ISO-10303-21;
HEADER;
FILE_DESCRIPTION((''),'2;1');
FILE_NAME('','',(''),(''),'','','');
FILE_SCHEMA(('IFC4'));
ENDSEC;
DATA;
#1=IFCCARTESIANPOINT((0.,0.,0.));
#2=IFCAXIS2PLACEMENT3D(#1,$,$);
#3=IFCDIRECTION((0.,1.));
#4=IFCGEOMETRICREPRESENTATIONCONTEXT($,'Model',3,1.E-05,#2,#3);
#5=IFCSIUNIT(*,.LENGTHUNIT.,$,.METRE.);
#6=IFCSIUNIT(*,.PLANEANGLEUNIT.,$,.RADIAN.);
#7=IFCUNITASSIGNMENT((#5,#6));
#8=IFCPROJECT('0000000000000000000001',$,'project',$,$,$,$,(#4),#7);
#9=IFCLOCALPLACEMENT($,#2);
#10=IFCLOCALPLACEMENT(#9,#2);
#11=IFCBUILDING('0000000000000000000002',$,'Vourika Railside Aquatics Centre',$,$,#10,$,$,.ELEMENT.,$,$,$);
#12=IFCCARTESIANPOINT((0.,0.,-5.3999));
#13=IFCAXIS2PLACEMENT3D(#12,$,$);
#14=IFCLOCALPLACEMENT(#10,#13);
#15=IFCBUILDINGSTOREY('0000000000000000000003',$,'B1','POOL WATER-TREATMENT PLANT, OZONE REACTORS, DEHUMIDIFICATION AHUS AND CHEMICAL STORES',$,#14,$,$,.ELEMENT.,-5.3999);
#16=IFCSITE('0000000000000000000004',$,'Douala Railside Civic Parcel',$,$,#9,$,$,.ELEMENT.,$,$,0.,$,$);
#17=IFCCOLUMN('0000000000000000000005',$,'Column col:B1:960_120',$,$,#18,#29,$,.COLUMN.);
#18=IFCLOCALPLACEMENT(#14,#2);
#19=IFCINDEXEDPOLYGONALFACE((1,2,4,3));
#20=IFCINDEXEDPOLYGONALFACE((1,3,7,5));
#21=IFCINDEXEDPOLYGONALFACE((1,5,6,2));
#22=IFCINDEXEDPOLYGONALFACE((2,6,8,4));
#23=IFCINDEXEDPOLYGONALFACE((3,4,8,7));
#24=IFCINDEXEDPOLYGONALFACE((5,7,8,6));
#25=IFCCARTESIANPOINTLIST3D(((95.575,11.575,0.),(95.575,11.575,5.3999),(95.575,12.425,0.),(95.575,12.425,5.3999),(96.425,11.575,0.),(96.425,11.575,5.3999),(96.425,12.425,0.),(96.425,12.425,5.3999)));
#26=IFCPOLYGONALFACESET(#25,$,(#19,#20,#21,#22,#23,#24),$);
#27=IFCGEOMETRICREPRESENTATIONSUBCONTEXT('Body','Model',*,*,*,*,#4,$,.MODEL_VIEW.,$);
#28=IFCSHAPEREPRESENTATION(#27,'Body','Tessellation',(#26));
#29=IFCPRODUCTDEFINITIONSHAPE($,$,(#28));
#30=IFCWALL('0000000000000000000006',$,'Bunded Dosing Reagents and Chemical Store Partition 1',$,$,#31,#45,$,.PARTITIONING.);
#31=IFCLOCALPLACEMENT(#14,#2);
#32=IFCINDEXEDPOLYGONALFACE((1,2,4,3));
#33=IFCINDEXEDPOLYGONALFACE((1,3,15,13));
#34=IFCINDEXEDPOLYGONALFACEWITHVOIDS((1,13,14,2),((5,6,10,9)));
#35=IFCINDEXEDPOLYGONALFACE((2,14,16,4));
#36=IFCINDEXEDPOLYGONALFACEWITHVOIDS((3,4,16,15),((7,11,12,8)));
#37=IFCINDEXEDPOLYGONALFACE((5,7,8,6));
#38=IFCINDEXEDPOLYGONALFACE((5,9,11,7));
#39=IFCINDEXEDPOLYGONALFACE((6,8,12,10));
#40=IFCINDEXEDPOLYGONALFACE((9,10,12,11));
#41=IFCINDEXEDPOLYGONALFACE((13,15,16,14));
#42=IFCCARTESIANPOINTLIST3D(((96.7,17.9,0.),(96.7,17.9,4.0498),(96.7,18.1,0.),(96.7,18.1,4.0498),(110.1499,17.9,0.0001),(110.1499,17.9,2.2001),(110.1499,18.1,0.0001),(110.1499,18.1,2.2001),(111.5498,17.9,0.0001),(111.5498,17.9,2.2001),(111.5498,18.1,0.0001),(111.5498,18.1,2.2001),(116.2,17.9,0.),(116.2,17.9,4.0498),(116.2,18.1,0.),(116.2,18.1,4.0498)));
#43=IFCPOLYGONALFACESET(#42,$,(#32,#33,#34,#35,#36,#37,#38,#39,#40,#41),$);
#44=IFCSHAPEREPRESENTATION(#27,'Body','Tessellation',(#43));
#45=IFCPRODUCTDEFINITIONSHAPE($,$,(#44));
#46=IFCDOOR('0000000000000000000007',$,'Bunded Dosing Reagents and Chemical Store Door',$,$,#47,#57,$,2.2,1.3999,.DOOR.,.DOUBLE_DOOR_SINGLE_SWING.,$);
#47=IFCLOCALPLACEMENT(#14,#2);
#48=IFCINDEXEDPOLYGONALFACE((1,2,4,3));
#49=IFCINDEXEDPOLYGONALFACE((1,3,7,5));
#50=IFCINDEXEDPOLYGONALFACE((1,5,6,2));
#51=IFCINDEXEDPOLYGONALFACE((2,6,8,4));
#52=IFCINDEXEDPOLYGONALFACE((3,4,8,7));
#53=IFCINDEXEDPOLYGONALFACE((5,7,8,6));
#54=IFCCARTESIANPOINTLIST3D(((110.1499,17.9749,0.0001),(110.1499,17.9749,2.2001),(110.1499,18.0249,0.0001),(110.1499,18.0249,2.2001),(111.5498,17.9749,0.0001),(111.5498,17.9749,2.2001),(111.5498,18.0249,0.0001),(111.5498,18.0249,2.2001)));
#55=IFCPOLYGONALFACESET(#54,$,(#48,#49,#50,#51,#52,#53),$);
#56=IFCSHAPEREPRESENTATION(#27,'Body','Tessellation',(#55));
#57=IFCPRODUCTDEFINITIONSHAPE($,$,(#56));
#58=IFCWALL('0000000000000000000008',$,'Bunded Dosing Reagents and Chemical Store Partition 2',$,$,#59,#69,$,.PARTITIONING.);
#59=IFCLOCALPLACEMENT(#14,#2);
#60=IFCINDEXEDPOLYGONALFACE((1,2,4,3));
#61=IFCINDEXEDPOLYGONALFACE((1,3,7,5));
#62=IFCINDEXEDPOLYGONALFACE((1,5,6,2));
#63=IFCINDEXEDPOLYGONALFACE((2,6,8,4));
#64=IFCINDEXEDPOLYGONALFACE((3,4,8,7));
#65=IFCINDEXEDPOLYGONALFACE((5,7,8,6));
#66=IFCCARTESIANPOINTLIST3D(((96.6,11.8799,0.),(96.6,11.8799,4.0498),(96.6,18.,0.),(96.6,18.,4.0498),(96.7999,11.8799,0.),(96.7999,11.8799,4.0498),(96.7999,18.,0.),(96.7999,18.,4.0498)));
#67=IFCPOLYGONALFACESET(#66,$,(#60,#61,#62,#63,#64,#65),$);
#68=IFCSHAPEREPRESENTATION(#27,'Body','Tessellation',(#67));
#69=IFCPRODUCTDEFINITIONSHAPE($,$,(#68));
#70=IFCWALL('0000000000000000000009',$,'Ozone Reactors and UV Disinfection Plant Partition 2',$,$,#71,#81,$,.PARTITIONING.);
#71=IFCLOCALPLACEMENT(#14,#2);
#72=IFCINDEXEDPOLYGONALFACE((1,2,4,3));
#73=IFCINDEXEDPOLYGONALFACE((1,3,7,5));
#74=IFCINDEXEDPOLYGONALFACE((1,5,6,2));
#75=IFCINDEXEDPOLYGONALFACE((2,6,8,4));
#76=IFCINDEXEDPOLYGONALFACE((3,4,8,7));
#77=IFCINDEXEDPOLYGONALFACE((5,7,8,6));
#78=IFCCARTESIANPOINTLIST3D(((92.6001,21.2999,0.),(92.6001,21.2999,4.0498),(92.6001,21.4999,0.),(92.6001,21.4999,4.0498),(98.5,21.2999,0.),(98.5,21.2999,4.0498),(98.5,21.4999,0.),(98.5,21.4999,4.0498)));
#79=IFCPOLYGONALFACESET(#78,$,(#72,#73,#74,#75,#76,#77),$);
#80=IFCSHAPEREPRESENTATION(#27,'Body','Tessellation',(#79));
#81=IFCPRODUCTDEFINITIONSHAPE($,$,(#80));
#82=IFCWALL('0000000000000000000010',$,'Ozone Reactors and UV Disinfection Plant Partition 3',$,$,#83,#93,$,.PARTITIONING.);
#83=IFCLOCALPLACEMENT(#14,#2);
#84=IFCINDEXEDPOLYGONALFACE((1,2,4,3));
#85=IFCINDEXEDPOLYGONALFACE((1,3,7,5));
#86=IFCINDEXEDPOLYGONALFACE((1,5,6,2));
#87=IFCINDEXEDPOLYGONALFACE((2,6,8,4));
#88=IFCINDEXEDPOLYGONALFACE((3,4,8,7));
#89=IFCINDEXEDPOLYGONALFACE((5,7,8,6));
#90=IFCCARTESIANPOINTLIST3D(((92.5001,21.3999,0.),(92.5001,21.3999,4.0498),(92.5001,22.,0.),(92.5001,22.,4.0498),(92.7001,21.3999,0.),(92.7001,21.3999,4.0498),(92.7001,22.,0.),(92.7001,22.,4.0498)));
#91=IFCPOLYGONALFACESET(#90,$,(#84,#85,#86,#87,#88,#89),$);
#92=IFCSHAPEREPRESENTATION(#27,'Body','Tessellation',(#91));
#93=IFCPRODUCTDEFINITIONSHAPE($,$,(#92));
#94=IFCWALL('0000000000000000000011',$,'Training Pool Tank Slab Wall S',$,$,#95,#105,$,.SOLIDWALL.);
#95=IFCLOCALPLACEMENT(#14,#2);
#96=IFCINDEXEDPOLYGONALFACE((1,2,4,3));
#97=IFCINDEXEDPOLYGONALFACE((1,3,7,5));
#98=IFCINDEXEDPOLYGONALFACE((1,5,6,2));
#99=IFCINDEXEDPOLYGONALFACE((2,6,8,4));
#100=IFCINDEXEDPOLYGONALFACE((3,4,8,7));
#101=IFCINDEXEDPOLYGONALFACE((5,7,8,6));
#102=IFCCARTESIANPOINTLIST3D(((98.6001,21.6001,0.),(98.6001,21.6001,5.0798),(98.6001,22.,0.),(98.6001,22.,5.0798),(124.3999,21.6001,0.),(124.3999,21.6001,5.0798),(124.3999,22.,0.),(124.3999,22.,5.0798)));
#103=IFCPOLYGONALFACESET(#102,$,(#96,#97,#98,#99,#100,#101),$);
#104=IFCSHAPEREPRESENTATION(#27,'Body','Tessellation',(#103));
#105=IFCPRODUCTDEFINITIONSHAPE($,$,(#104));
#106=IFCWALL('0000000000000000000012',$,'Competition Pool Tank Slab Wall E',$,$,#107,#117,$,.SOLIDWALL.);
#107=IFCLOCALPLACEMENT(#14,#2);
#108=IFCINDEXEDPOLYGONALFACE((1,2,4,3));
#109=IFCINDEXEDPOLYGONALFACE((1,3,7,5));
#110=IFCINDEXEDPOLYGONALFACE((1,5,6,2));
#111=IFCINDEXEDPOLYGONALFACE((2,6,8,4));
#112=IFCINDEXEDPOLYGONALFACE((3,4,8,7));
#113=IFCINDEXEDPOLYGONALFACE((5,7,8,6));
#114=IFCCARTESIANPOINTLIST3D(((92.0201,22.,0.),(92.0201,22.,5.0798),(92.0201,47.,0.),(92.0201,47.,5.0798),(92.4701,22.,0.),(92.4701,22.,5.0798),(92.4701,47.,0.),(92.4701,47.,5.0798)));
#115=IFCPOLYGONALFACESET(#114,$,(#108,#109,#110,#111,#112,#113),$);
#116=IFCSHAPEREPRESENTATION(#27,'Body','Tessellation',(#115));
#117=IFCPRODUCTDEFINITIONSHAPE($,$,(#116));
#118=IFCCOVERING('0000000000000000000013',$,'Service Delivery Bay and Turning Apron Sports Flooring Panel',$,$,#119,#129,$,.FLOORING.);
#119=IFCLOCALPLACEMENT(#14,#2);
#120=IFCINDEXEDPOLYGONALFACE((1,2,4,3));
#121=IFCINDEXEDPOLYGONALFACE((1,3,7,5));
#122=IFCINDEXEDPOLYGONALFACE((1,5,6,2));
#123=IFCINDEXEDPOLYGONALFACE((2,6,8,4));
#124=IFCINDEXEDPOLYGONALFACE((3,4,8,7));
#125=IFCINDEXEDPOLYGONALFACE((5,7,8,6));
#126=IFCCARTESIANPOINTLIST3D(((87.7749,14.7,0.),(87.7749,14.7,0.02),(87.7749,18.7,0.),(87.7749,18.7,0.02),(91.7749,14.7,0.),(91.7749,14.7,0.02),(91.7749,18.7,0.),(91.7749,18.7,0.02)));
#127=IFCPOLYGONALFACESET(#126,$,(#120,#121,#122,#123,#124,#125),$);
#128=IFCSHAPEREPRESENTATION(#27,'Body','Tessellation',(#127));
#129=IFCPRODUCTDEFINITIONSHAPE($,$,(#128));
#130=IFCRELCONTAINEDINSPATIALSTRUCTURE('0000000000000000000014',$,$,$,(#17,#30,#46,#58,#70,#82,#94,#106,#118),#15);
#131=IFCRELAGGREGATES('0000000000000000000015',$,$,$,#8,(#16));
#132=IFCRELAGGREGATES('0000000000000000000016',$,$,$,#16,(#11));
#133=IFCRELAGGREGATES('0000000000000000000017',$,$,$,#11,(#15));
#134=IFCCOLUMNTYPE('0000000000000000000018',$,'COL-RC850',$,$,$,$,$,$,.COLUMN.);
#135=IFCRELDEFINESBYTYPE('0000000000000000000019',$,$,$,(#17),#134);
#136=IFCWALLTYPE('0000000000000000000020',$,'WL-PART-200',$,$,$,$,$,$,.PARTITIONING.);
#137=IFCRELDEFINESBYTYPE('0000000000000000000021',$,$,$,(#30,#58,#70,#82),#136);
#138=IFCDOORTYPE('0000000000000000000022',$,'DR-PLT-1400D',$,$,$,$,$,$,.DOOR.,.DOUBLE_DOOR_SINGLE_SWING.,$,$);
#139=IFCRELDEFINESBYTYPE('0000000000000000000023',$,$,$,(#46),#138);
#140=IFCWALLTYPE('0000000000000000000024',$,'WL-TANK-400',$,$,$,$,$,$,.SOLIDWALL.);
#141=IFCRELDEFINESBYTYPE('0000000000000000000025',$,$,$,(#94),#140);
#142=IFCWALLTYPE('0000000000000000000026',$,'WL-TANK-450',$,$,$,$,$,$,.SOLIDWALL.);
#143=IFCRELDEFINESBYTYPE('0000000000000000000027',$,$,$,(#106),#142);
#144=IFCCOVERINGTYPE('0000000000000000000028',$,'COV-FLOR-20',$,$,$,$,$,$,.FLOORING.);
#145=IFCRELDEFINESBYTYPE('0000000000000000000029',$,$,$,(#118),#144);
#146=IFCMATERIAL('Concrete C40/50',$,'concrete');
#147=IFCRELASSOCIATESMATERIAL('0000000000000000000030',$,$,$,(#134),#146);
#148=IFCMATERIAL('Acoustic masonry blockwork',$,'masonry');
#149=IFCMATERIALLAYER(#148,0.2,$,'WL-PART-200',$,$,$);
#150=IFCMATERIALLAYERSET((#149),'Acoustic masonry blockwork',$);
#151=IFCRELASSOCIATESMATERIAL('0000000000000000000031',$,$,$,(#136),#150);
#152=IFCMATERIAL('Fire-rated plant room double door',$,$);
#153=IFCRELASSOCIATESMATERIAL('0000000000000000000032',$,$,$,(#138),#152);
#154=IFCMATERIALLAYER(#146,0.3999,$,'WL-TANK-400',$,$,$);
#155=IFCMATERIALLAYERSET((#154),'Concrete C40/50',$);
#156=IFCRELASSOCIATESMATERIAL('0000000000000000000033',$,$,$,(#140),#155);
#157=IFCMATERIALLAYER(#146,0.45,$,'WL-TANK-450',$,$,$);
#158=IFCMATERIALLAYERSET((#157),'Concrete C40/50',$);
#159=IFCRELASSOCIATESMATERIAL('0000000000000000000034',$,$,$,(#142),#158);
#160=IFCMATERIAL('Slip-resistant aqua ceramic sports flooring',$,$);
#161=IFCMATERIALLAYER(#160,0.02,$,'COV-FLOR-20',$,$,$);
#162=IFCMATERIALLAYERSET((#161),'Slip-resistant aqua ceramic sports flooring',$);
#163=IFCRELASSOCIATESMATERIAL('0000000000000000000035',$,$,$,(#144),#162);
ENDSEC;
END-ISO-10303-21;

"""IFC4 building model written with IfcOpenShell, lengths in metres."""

from ifc_helpers import new_model, si_unit, direction, frame, frame_2d, origin, origin_2d, place, context, subcontext, project, spatial, rectangle, extrude, material, layer, layer_set, material_profile, profile_set, type_object, element, fill, save


model = new_model("IFC4")

# Units and contexts
model_context = context("Model", 3, precision=1e-05, world=origin(), true_north=direction((0.0, 1.0)))
body_context = subcontext(model_context, "Body", "Model", "MODEL_VIEW")
ifc_project = project(units=[si_unit("LENGTHUNIT", "METRE"), si_unit("PLANEANGLEUNIT", "RADIAN")], contexts=[model_context])

# Site, building, storey
site_placement = place(None, origin())
site = spatial("IfcSite", under=ifc_project, at=site_placement, Name="Douala Railside Civic Parcel", CompositionType="ELEMENT", RefElevation=0.0)
building_placement = place(site_placement, origin())
building = spatial("IfcBuilding", under=site, at=building_placement, Name="Vourika Railside Aquatics Centre", CompositionType="ELEMENT")
storey_placement = place(building_placement, frame((0.0, 0.0, -5.3999)))
storey = spatial("IfcBuildingStorey", under=building, at=storey_placement, Name="B1", Description="POOL WATER-TREATMENT PLANT, OZONE REACTORS, DEHUMIDIFICATION AHUS AND CHEMICAL STORES", CompositionType="ELEMENT", Elevation=-5.3999)

# Shared definitions
ifc_material_1 = material(Name="Concrete C40/50", Category="concrete")

# Column
ifc_material_profile_1 = material_profile(ifc_material_1, rectangle(XDim=0.8501, YDim=0.8501, at=origin_2d()), Name="RC 850x850")
ifc_profile_set_1 = profile_set([ifc_material_profile_1], Name="Concrete C40/50")
column_type_1 = type_object("IfcColumnType", Name="COL-RC850", PredefinedType="COLUMN", material=ifc_profile_set_1)
for number, where, z_axis, x_axis, name in (
    (1, (96.0, 12.0, 0.0), (0.0, 0.0, 1.0), (1.0, 0.0, 0.0), "Column col:B1:960_120"),
):
    element("IfcColumn", number, at=place(storey_placement, frame(where, z_axis=z_axis, x_axis=x_axis)), inside=storey, type_object=column_type_1, Name=name, PredefinedType="COLUMN", context=body_context, shape_type="SweptSolid", body=[
        extrude(rectangle(XDim=0.8501, YDim=0.8501, at=origin_2d()), origin(), (0.0, 0.0, 1.0), 5.3999),
    ])

# Wall, opening, door
ifc_material_2 = material(Name="Acoustic masonry blockwork", Category="masonry")
ifc_layer_1 = layer(ifc_material_2, 0.2, Name="WL-PART-200")
ifc_layer_set_1 = layer_set([ifc_layer_1], Name="Acoustic masonry blockwork")
wall_type_1 = type_object("IfcWallType", Name="WL-PART-200", PredefinedType="PARTITIONING", material=ifc_layer_set_1)
wall_1_placement = place(storey_placement, frame((96.7, 18.0, 0.0), z_axis=(0.0, 0.0, 1.0), x_axis=(1.0, 0.0, 0.0)))
wall_1 = element("IfcWall", 2, at=wall_1_placement, inside=storey, type_object=wall_type_1, Name="Bunded Dosing Reagents and Chemical Store Partition 1", PredefinedType="PARTITIONING", context=body_context, shape_type="SweptSolid", body=[
    extrude(rectangle(XDim=19.5, YDim=0.2, at=frame_2d((9.75, 0.0))), origin(), (0.0, 0.0, 1.0), 4.0498),
])
opening_placement = place(wall_1_placement, frame((13.45, 0.0, 0.0)))
opening = element("IfcOpeningElement", 3, at=opening_placement, cuts=wall_1, PredefinedType="OPENING", context=body_context, shape_type="SweptSolid", body=[
    extrude(rectangle(XDim=1.3999, YDim=2.2, at=frame_2d((0.7, 1.1001))), frame((0.0, 0.1099, 0.0), z_axis=(0.0, -1.0, 0.0), x_axis=(1.0, 0.0, 0.0)), (0.0, 0.0, 1.0), 0.22),
])
ifc_material_3 = material(Name="Fire-rated plant room double door")
door_type = type_object("IfcDoorType", Name="DR-PLT-1400D", OperationType="DOUBLE_DOOR_SINGLE_SWING", PredefinedType="DOOR", material=ifc_material_3)
door_placement = place(opening_placement, origin())
door = element("IfcDoor", 4, at=door_placement, inside=storey, type_object=door_type, Name="Bunded Dosing Reagents and Chemical Store Door", OperationType="DOUBLE_DOOR_SINGLE_SWING", OverallHeight=2.2, OverallWidth=1.3999, PredefinedType="DOOR", context=body_context, shape_type="SweptSolid", body=[
    extrude(rectangle(XDim=1.3999, YDim=2.2, at=frame_2d((0.7, 1.1001))), frame((0.0, 0.0249, 0.0), z_axis=(0.0, -1.0, 0.0), x_axis=(1.0, 0.0, 0.0)), (0.0, 0.0, 1.0), 0.05),
])
fill(opening, door)

# Walls
wall_2_placement = place(storey_placement, frame((96.7, 11.8799, 0.0), z_axis=(0.0, 0.0, 1.0), x_axis=(0.0, 1.0, 0.0)))
element("IfcWall", 5, at=wall_2_placement, inside=storey, type_object=wall_type_1, Name="Bunded Dosing Reagents and Chemical Store Partition 2", PredefinedType="PARTITIONING", context=body_context, shape_type="SweptSolid", body=[
    extrude(rectangle(XDim=6.1201, YDim=0.2, at=frame_2d((3.0601, 0.0))), origin(), (0.0, 0.0, 1.0), 4.0498),
])
wall_3_placement = place(storey_placement, frame((98.5, 21.3999, 0.0), z_axis=(0.0, 0.0, 1.0), x_axis=(-1.0, 0.0, 0.0)))
element("IfcWall", 6, at=wall_3_placement, inside=storey, type_object=wall_type_1, Name="Ozone Reactors and UV Disinfection Plant Partition 2", PredefinedType="PARTITIONING", context=body_context, shape_type="SweptSolid", body=[
    extrude(rectangle(XDim=5.8999, YDim=0.2, at=frame_2d((2.95, 0.0))), origin(), (0.0, 0.0, 1.0), 4.0498),
])
wall_4_placement = place(storey_placement, frame((92.6001, 21.3999, 0.0), z_axis=(0.0, 0.0, 1.0), x_axis=(0.0, 1.0, 0.0)))
element("IfcWall", 7, at=wall_4_placement, inside=storey, type_object=wall_type_1, Name="Ozone Reactors and UV Disinfection Plant Partition 3", PredefinedType="PARTITIONING", context=body_context, shape_type="SweptSolid", body=[
    extrude(rectangle(XDim=0.6001, YDim=0.2, at=frame_2d((0.3, 0.0))), origin(), (0.0, 0.0, 1.0), 4.0498),
])
ifc_layer_2 = layer(ifc_material_1, 0.3999, Name="WL-TANK-400")
ifc_layer_set_2 = layer_set([ifc_layer_2], Name="Concrete C40/50")
wall_type_2 = type_object("IfcWallType", Name="WL-TANK-400", PredefinedType="SOLIDWALL", material=ifc_layer_set_2)
wall_5_placement = place(storey_placement, frame((98.6001, 21.8, 0.0), z_axis=(0.0, 0.0, 1.0), x_axis=(1.0, 0.0, 0.0)))
element("IfcWall", 8, at=wall_5_placement, inside=storey, type_object=wall_type_2, Name="Training Pool Tank Slab Wall S", PredefinedType="SOLIDWALL", context=body_context, shape_type="SweptSolid", body=[
    extrude(rectangle(XDim=25.7998, YDim=0.3999, at=frame_2d((12.8999, 0.0))), origin(), (0.0, 0.0, 1.0), 5.0798),
])
ifc_layer_3 = layer(ifc_material_1, 0.45, Name="WL-TANK-450")
ifc_layer_set_3 = layer_set([ifc_layer_3], Name="Concrete C40/50")
wall_type_3 = type_object("IfcWallType", Name="WL-TANK-450", PredefinedType="SOLIDWALL", material=ifc_layer_set_3)
wall_6_placement = place(storey_placement, frame((92.2451, 22.0, 0.0), z_axis=(0.0, 0.0, 1.0), x_axis=(0.0, 1.0, 0.0)))
element("IfcWall", 9, at=wall_6_placement, inside=storey, type_object=wall_type_3, Name="Competition Pool Tank Slab Wall E", PredefinedType="SOLIDWALL", context=body_context, shape_type="SweptSolid", body=[
    extrude(rectangle(XDim=25.0, YDim=0.45, at=frame_2d((12.5, 0.0))), origin(), (0.0, 0.0, 1.0), 5.0798),
])

# Covering
ifc_material_4 = material(Name="Slip-resistant aqua ceramic sports flooring")
ifc_layer_4 = layer(ifc_material_4, 0.02, Name="COV-FLOR-20")
ifc_layer_set_4 = layer_set([ifc_layer_4], Name="Slip-resistant aqua ceramic sports flooring")
covering_type = type_object("IfcCoveringType", Name="COV-FLOR-20", PredefinedType="FLOORING", material=ifc_layer_set_4)
covering_placement = place(storey_placement, frame((89.7749, 16.7, 0.0), z_axis=(0.0, 0.0, 1.0), x_axis=(1.0, 0.0, 0.0)))
element("IfcCovering", 10, at=covering_placement, inside=storey, type_object=covering_type, Name="Service Delivery Bay and Turning Apron Sports Flooring Panel", PredefinedType="FLOORING", context=body_context, shape_type="SweptSolid", body=[
    extrude(rectangle(XDim=4.0, YDim=4.0, at=origin_2d()), origin(), (0.0, 0.0, 1.0), 0.02),
])

save(model, "model.ifc")
